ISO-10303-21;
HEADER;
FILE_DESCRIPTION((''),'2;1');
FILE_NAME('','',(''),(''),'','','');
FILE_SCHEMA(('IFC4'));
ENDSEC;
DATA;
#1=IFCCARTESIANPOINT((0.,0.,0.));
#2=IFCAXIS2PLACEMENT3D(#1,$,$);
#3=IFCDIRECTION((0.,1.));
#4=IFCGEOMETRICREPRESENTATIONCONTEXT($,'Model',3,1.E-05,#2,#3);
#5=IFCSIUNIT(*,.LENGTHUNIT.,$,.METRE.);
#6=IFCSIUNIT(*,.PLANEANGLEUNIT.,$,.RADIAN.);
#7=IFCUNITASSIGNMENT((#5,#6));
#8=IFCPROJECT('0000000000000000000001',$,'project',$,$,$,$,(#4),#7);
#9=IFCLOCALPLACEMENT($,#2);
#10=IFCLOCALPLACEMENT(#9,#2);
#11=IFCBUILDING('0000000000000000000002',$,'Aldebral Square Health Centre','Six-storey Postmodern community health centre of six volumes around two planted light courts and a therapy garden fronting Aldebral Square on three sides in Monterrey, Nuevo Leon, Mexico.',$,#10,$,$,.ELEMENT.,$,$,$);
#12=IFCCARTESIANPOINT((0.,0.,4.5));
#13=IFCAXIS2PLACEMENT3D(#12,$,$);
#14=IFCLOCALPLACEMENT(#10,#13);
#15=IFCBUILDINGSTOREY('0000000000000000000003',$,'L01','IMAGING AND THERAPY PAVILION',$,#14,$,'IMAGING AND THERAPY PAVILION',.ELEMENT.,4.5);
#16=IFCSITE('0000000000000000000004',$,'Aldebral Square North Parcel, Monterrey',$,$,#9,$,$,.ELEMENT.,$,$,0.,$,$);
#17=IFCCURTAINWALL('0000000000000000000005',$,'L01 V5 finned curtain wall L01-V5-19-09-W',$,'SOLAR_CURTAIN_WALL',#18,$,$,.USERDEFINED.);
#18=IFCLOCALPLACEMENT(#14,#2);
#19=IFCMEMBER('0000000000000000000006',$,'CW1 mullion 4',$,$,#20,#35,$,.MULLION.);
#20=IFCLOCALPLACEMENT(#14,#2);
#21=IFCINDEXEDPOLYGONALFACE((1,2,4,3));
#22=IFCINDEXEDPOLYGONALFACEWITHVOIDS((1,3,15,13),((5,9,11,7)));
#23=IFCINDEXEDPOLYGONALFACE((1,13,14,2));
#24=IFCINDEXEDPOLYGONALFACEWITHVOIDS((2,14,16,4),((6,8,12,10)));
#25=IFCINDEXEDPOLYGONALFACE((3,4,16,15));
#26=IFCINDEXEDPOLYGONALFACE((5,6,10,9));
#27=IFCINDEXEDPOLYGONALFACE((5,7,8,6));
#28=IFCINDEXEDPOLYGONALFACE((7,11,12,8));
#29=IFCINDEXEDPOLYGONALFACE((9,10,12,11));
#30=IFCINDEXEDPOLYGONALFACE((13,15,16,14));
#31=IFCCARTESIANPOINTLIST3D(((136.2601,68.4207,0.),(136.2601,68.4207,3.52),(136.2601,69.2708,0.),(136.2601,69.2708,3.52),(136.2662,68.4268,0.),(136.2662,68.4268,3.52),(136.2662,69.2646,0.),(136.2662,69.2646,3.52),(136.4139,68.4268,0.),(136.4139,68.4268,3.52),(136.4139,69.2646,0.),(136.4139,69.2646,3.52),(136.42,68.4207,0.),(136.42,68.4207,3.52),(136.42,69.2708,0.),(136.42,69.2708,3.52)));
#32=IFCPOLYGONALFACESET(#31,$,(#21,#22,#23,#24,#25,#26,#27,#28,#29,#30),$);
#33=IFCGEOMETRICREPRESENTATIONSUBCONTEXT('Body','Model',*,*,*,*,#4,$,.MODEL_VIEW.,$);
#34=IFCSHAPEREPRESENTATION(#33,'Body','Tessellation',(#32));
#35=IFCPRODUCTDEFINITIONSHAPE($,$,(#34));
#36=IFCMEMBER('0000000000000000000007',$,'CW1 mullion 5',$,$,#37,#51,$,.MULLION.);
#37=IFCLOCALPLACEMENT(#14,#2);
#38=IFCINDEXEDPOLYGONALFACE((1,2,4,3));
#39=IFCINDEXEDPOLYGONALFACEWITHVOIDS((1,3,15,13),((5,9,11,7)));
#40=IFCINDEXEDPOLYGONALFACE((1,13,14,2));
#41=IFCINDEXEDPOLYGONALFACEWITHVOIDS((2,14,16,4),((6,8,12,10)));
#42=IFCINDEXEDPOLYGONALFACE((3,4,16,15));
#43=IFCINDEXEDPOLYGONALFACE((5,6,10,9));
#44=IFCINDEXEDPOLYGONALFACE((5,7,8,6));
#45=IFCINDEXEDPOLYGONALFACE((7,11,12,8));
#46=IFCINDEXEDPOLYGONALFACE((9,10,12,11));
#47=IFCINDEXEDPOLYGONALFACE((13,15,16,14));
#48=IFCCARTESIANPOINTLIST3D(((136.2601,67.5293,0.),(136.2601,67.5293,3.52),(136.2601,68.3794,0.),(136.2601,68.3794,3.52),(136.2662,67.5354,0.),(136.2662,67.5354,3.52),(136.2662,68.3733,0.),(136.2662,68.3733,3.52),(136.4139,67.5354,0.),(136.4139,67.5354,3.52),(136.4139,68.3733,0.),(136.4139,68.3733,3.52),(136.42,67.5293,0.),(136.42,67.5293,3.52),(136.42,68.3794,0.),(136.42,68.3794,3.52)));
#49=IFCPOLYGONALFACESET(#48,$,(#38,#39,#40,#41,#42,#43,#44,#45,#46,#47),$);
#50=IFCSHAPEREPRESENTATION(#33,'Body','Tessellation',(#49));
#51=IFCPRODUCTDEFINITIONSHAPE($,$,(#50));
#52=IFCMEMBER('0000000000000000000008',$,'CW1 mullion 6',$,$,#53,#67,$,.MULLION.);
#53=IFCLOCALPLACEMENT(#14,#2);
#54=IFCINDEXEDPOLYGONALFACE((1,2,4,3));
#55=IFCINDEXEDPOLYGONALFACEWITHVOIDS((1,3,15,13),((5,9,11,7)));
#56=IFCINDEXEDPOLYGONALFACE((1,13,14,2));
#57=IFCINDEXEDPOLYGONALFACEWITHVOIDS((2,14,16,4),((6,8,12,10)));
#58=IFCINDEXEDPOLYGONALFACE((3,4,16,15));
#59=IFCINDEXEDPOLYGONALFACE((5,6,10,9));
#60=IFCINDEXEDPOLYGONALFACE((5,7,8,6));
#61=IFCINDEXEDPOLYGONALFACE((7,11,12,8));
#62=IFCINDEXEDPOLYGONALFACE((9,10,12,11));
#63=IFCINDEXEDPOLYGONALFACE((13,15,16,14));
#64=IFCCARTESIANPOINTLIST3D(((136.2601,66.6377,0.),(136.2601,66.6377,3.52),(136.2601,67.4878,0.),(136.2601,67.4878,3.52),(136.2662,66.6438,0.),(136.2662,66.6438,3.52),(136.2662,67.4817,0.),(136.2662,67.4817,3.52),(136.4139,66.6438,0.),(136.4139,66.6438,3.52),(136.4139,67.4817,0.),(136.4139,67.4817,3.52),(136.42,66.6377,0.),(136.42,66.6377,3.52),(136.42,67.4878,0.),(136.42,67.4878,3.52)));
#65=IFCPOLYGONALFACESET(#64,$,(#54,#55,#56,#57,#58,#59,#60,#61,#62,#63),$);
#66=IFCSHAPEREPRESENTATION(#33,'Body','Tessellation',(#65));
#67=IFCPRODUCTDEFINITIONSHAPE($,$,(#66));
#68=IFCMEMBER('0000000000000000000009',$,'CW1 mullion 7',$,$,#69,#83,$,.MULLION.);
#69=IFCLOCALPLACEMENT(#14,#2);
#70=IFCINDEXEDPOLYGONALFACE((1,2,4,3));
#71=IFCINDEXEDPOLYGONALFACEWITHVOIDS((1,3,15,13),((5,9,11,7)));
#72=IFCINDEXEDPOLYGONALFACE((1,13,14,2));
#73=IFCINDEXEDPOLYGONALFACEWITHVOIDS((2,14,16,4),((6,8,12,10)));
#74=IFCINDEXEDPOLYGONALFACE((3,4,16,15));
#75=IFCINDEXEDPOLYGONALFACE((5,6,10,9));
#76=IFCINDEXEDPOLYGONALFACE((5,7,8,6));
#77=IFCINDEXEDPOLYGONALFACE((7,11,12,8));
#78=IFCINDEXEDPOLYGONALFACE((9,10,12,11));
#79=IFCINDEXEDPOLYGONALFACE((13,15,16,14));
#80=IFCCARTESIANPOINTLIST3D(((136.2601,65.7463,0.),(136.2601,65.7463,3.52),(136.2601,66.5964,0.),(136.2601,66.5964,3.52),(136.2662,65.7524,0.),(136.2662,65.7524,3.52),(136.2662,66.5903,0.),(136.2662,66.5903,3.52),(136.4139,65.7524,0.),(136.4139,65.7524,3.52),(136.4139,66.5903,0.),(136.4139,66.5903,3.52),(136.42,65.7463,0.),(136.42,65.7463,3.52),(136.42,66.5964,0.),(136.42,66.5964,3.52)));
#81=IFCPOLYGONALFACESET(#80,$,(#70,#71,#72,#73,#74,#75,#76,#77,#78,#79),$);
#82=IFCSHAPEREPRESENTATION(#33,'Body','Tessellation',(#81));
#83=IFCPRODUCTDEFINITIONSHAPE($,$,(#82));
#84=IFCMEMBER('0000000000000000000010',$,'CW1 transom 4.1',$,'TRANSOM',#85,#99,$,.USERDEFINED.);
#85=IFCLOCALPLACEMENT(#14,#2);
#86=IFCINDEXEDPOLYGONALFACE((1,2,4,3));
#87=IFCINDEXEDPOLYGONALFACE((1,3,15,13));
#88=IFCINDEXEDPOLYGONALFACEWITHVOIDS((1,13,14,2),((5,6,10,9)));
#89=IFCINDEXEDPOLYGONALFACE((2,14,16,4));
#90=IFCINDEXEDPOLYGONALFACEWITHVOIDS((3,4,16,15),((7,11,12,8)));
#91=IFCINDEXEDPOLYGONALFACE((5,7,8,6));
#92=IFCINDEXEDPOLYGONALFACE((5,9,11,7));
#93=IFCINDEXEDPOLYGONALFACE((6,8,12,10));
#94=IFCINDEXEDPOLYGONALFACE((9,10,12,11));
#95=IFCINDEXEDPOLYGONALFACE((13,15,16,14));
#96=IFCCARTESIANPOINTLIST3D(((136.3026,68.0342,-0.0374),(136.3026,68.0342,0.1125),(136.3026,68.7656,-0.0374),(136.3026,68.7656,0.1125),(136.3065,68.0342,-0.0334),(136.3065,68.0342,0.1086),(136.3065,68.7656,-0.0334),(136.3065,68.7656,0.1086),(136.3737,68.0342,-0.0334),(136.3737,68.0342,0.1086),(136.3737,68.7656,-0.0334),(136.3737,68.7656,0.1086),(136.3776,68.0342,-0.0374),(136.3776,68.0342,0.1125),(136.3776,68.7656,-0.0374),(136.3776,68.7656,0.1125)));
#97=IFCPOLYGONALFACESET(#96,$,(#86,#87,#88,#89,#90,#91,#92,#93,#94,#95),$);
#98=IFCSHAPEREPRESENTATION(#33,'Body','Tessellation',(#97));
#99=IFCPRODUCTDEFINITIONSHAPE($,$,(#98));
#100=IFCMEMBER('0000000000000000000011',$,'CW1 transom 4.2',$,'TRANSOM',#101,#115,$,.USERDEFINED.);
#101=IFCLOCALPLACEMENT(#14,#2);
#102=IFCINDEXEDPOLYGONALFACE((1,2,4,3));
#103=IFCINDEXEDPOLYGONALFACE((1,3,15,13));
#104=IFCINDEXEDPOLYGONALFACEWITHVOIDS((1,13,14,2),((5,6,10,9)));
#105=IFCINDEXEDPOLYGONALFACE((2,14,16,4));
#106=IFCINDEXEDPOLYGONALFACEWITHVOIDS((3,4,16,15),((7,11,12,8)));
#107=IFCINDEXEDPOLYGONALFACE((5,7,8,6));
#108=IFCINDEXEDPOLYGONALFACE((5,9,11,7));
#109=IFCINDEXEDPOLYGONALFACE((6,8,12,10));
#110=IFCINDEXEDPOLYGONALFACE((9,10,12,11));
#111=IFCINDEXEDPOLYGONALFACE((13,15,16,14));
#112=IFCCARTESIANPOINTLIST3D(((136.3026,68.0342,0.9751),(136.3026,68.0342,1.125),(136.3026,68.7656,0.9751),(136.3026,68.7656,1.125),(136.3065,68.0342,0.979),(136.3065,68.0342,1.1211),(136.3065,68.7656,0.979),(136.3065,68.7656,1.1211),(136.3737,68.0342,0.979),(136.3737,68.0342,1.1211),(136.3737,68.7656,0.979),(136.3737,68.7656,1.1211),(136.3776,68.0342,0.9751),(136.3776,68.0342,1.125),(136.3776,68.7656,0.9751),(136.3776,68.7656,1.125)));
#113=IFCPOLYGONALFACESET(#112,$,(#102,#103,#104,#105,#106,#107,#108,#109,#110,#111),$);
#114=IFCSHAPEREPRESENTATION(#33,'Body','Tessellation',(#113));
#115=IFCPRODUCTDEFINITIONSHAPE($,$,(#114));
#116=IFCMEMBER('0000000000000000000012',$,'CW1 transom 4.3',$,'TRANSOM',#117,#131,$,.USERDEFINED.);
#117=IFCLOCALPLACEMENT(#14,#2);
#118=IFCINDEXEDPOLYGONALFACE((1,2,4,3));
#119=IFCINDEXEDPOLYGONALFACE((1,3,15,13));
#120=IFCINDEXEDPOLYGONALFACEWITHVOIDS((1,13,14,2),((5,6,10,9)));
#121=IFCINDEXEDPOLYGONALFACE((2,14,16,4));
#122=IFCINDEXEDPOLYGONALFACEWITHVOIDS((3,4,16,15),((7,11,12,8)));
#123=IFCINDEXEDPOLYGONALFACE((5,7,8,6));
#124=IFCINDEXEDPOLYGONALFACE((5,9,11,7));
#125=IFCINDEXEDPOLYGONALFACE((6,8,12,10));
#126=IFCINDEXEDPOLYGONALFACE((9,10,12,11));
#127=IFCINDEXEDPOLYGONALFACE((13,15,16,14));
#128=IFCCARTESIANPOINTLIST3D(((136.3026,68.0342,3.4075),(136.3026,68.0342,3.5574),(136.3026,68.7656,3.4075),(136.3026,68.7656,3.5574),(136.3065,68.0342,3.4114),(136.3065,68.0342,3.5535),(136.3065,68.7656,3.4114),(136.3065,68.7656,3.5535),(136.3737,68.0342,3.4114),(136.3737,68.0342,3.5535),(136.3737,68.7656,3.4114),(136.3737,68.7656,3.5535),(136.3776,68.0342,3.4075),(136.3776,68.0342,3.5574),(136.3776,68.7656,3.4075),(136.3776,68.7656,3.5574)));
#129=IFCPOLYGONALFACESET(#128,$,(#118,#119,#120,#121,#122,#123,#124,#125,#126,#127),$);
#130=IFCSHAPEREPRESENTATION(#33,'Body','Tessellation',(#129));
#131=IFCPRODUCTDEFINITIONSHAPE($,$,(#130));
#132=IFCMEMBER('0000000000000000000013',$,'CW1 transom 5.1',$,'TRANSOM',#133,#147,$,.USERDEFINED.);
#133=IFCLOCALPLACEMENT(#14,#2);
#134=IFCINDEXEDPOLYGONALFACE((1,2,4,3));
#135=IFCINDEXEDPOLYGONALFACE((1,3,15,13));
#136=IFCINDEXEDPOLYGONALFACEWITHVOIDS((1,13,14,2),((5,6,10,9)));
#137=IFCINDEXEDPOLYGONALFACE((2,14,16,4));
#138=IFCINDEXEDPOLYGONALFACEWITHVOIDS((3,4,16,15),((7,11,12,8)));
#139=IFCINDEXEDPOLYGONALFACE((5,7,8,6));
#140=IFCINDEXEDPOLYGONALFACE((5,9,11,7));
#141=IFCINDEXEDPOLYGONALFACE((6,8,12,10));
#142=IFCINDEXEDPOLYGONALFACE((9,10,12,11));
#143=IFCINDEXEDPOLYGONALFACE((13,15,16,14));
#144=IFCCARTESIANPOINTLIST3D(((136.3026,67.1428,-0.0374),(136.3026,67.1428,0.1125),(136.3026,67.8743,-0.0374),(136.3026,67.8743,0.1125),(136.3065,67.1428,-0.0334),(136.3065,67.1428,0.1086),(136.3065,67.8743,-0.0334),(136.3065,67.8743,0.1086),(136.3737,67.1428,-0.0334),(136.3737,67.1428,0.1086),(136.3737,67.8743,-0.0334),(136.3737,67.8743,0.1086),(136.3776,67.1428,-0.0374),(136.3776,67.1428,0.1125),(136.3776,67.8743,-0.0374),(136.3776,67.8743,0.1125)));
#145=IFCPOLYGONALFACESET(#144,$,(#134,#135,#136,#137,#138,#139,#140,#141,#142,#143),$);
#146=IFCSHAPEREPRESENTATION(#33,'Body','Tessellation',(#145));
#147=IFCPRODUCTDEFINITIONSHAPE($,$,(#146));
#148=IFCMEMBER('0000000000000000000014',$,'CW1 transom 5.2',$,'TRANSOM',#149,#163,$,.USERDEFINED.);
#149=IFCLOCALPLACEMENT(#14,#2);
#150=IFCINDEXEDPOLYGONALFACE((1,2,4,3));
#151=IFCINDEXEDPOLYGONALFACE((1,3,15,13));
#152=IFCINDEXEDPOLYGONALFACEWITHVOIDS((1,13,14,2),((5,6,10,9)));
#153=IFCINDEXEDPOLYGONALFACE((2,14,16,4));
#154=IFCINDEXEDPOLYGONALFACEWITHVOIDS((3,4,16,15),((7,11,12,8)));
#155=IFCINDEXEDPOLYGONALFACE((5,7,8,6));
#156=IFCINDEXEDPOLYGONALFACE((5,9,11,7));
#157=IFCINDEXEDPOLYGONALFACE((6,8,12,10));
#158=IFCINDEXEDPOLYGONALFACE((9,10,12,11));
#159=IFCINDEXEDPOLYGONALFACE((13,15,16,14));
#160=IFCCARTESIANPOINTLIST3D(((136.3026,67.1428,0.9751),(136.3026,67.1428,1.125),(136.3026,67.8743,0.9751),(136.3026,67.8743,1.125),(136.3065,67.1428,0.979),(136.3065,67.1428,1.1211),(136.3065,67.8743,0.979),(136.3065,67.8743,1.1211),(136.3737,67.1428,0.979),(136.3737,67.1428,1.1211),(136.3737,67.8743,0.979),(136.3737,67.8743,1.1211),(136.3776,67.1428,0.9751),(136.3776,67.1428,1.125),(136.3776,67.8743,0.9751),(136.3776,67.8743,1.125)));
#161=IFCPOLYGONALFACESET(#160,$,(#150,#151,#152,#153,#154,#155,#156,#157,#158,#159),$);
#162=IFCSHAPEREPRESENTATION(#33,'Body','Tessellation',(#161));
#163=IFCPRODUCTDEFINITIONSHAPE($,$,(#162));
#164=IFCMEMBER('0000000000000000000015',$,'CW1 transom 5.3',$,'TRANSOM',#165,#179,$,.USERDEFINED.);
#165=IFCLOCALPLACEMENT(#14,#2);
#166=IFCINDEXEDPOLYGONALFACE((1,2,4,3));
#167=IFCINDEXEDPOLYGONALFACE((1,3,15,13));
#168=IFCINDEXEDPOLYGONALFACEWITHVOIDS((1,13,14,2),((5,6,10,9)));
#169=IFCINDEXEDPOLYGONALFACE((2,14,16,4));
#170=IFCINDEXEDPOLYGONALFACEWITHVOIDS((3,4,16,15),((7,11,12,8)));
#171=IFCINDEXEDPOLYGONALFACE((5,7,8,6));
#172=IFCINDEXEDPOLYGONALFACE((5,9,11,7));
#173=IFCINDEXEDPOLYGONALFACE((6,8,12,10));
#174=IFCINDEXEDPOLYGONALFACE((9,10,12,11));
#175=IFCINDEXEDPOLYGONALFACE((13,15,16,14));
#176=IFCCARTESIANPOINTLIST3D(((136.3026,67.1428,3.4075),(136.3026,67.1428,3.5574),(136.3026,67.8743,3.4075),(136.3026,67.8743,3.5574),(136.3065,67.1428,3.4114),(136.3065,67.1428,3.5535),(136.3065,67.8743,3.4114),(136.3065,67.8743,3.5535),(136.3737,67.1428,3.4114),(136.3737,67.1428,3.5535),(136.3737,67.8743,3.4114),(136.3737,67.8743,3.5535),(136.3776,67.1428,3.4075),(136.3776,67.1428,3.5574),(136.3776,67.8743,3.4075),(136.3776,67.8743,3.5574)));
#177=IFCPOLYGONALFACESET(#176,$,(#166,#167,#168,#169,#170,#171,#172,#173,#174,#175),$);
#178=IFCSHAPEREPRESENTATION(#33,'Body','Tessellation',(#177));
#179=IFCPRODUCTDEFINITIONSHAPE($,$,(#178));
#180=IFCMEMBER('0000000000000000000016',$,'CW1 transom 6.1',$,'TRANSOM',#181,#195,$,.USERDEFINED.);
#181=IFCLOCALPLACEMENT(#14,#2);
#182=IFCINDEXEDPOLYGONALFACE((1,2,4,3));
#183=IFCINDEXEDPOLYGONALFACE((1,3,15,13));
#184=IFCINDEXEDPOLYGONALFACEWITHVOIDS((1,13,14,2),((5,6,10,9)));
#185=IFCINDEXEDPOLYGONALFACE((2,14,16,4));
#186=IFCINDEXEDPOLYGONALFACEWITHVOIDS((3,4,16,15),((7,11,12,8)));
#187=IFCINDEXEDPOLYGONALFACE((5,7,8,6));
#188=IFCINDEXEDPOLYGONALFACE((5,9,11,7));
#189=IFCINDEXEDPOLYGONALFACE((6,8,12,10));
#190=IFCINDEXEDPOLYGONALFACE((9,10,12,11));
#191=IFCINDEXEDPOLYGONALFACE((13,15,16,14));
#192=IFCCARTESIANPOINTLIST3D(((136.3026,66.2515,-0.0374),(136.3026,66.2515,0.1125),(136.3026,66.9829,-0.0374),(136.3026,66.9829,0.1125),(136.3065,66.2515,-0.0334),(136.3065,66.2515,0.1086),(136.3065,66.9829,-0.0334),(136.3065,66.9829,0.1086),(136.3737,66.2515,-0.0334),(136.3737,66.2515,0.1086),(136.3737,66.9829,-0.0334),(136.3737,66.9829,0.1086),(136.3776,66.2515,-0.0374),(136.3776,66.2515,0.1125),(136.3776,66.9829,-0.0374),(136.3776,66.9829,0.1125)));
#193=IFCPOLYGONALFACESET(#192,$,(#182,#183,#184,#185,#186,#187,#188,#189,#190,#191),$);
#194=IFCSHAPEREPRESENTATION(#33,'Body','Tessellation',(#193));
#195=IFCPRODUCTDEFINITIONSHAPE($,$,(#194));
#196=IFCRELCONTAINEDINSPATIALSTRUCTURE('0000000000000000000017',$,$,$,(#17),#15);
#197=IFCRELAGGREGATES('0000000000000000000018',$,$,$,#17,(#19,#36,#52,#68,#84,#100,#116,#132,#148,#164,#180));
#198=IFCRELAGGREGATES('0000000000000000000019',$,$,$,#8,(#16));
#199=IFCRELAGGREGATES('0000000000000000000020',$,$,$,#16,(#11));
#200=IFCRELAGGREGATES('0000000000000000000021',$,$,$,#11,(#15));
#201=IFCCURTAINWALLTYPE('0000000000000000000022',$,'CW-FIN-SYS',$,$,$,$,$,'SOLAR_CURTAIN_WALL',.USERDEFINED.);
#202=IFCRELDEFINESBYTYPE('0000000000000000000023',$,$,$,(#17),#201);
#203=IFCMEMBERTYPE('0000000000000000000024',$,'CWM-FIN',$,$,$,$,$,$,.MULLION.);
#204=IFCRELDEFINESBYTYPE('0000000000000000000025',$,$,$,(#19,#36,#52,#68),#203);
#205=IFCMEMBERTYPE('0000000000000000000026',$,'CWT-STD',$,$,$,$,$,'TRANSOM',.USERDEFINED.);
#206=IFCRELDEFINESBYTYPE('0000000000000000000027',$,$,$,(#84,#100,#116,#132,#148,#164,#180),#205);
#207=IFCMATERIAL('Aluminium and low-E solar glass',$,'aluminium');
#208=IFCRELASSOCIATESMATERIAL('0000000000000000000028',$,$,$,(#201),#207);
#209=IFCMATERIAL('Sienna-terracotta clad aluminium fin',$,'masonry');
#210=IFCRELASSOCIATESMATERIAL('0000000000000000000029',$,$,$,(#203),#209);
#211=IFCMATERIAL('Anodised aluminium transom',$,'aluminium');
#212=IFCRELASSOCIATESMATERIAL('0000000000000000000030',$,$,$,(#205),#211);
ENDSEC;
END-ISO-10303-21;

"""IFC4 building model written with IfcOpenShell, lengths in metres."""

from ifc_helpers import new_model, si_unit, direction, frame, origin, origin_2d, place, context, subcontext, project, spatial, hollow_rectangle, extrude, material, material_profile, profile_set, type_object, element, aggregate, save


model = new_model("IFC4")

# Units and contexts
model_context = context("Model", 3, precision=1e-05, world=origin(), true_north=direction((0.0, 1.0)))
body_context = subcontext(model_context, "Body", "Model", "MODEL_VIEW")
ifc_project = project(units=[si_unit("LENGTHUNIT", "METRE"), si_unit("PLANEANGLEUNIT", "RADIAN")], contexts=[model_context])

# Site, building, storey
site_placement = place(None, origin())
site = spatial("IfcSite", under=ifc_project, at=site_placement, Name="Aldebral Square North Parcel, Monterrey", CompositionType="ELEMENT", RefElevation=0.0)
building_placement = place(site_placement, origin())
building = spatial("IfcBuilding", under=site, at=building_placement, Name="Aldebral Square Health Centre", Description="Six-storey Postmodern community health centre of six volumes around two planted light courts and a therapy garden fronting Aldebral Square on three sides in Monterrey, Nuevo Leon, Mexico.", CompositionType="ELEMENT")
storey_placement = place(building_placement, frame((0.0, 0.0, 4.5)))
storey = spatial("IfcBuildingStorey", under=building, at=storey_placement, Name="L01", Description="IMAGING AND THERAPY PAVILION", LongName="IMAGING AND THERAPY PAVILION", CompositionType="ELEMENT", Elevation=4.5)

# Curtain wall, members
ifc_material_1 = material(Name="Aluminium and low-E solar glass", Category="aluminium")
curtain_wall_type = type_object("IfcCurtainWallType", Name="CW-FIN-SYS", ElementType="SOLAR_CURTAIN_WALL", PredefinedType="USERDEFINED", material=ifc_material_1)
curtain_wall_placement = place(storey_placement, origin())
curtain_wall = element("IfcCurtainWall", 1, at=curtain_wall_placement, inside=storey, type_object=curtain_wall_type, Name="L01 V5 finned curtain wall L01-V5-19-09-W", ObjectType="SOLAR_CURTAIN_WALL", PredefinedType="USERDEFINED")
ifc_material_2 = material(Name="Sienna-terracotta clad aluminium fin", Category="masonry")
ifc_material_profile_1 = material_profile(ifc_material_2, hollow_rectangle(XDim=0.1599, YDim=0.8501, WallThickness=0.0061, at=origin_2d()), Name="FIN 160x850x6")
ifc_profile_set_1 = profile_set([ifc_material_profile_1], Name="Sienna-terracotta clad aluminium fin")
member_type_1 = type_object("IfcMemberType", Name="CWM-FIN", PredefinedType="MULLION", material=ifc_profile_set_1)
member_1_placement = place(storey_placement, frame((136.3401, 68.8457, 0.0), z_axis=(0.0, 0.0, 1.0), x_axis=(1.0, 0.0, 0.0)))
member_1 = element("IfcMember", 2, at=member_1_placement, type_object=member_type_1, Name="CW1 mullion 4", PredefinedType="MULLION", context=body_context, shape_type="SweptSolid", body=[
    extrude(hollow_rectangle(XDim=0.1599, YDim=0.8501, WallThickness=0.0061, at=origin_2d()), origin(), (0.0, 0.0, 1.0), 3.52),
])
member_2_placement = place(storey_placement, frame((136.3401, 67.9543, 0.0), z_axis=(0.0, 0.0, 1.0), x_axis=(1.0, 0.0, 0.0)))
member_2 = element("IfcMember", 3, at=member_2_placement, type_object=member_type_1, Name="CW1 mullion 5", PredefinedType="MULLION", context=body_context, shape_type="SweptSolid", body=[
    extrude(hollow_rectangle(XDim=0.1599, YDim=0.8501, WallThickness=0.0061, at=origin_2d()), origin(), (0.0, 0.0, 1.0), 3.52),
])
member_3_placement = place(storey_placement, frame((136.3401, 67.0627, 0.0), z_axis=(0.0, 0.0, 1.0), x_axis=(1.0, 0.0, 0.0)))
member_3 = element("IfcMember", 4, at=member_3_placement, type_object=member_type_1, Name="CW1 mullion 6", PredefinedType="MULLION", context=body_context, shape_type="SweptSolid", body=[
    extrude(hollow_rectangle(XDim=0.1599, YDim=0.8501, WallThickness=0.0061, at=origin_2d()), origin(), (0.0, 0.0, 1.0), 3.52),
])
member_4_placement = place(storey_placement, frame((136.3401, 66.1714, 0.0), z_axis=(0.0, 0.0, 1.0), x_axis=(1.0, 0.0, 0.0)))
member_4 = element("IfcMember", 5, at=member_4_placement, type_object=member_type_1, Name="CW1 mullion 7", PredefinedType="MULLION", context=body_context, shape_type="SweptSolid", body=[
    extrude(hollow_rectangle(XDim=0.1599, YDim=0.8501, WallThickness=0.0061, at=origin_2d()), origin(), (0.0, 0.0, 1.0), 3.52),
])
ifc_material_3 = material(Name="Anodised aluminium transom", Category="aluminium")
ifc_material_profile_2 = material_profile(ifc_material_3, hollow_rectangle(XDim=0.075, YDim=0.1499, WallThickness=0.0039, at=origin_2d()), Name="CWT 75x150x4")
ifc_profile_set_2 = profile_set([ifc_material_profile_2], Name="Anodised aluminium transom")
member_type_2 = type_object("IfcMemberType", Name="CWT-STD", ElementType="TRANSOM", PredefinedType="USERDEFINED", material=ifc_profile_set_2)
member_5_placement = place(storey_placement, frame((136.3401, 68.7656, 0.0376), z_axis=(0.0, -1.0, 0.0), x_axis=(1.0, 0.0, 0.0)))
member_5 = element("IfcMember", 6, at=member_5_placement, type_object=member_type_2, Name="CW1 transom 4.1", ObjectType="TRANSOM", PredefinedType="USERDEFINED", context=body_context, shape_type="SweptSolid", body=[
    extrude(hollow_rectangle(XDim=0.075, YDim=0.1499, WallThickness=0.0039, at=origin_2d()), origin(), (0.0, 0.0, 1.0), 0.7314),
])
member_6_placement = place(storey_placement, frame((136.3401, 68.7656, 1.05), z_axis=(0.0, -1.0, 0.0), x_axis=(1.0, 0.0, 0.0)))
member_6 = element("IfcMember", 7, at=member_6_placement, type_object=member_type_2, Name="CW1 transom 4.2", ObjectType="TRANSOM", PredefinedType="USERDEFINED", context=body_context, shape_type="SweptSolid", body=[
    extrude(hollow_rectangle(XDim=0.075, YDim=0.1499, WallThickness=0.0039, at=origin_2d()), origin(), (0.0, 0.0, 1.0), 0.7314),
])
member_7_placement = place(storey_placement, frame((136.3401, 68.7656, 3.4824), z_axis=(0.0, -1.0, 0.0), x_axis=(1.0, 0.0, 0.0)))
member_7 = element("IfcMember", 8, at=member_7_placement, type_object=member_type_2, Name="CW1 transom 4.3", ObjectType="TRANSOM", PredefinedType="USERDEFINED", context=body_context, shape_type="SweptSolid", body=[
    extrude(hollow_rectangle(XDim=0.075, YDim=0.1499, WallThickness=0.0039, at=origin_2d()), origin(), (0.0, 0.0, 1.0), 0.7314),
])
member_8_placement = place(storey_placement, frame((136.3401, 67.8743, 0.0376), z_axis=(0.0, -1.0, 0.0), x_axis=(1.0, 0.0, 0.0)))
member_8 = element("IfcMember", 9, at=member_8_placement, type_object=member_type_2, Name="CW1 transom 5.1", ObjectType="TRANSOM", PredefinedType="USERDEFINED", context=body_context, shape_type="SweptSolid", body=[
    extrude(hollow_rectangle(XDim=0.075, YDim=0.1499, WallThickness=0.0039, at=origin_2d()), origin(), (0.0, 0.0, 1.0), 0.7314),
])
member_9_placement = place(storey_placement, frame((136.3401, 67.8743, 1.05), z_axis=(0.0, -1.0, 0.0), x_axis=(1.0, 0.0, 0.0)))
member_9 = element("IfcMember", 10, at=member_9_placement, type_object=member_type_2, Name="CW1 transom 5.2", ObjectType="TRANSOM", PredefinedType="USERDEFINED", context=body_context, shape_type="SweptSolid", body=[
    extrude(hollow_rectangle(XDim=0.075, YDim=0.1499, WallThickness=0.0039, at=origin_2d()), origin(), (0.0, 0.0, 1.0), 0.7314),
])
member_10_placement = place(storey_placement, frame((136.3401, 67.8743, 3.4824), z_axis=(0.0, -1.0, 0.0), x_axis=(1.0, 0.0, 0.0)))
member_10 = element("IfcMember", 11, at=member_10_placement, type_object=member_type_2, Name="CW1 transom 5.3", ObjectType="TRANSOM", PredefinedType="USERDEFINED", context=body_context, shape_type="SweptSolid", body=[
    extrude(hollow_rectangle(XDim=0.075, YDim=0.1499, WallThickness=0.0039, at=origin_2d()), origin(), (0.0, 0.0, 1.0), 0.7314),
])
member_11_placement = place(storey_placement, frame((136.3401, 66.9829, 0.0376), z_axis=(0.0, -1.0, 0.0), x_axis=(1.0, 0.0, 0.0)))
member_11 = element("IfcMember", 12, at=member_11_placement, type_object=member_type_2, Name="CW1 transom 6.1", ObjectType="TRANSOM", PredefinedType="USERDEFINED", context=body_context, shape_type="SweptSolid", body=[
    extrude(hollow_rectangle(XDim=0.075, YDim=0.1499, WallThickness=0.0039, at=origin_2d()), origin(), (0.0, 0.0, 1.0), 0.7314),
])
aggregate(curtain_wall, [member_1, member_2, member_3, member_4, member_5, member_6, member_7, member_8, member_9, member_10, member_11])

save(model, "model.ifc")
